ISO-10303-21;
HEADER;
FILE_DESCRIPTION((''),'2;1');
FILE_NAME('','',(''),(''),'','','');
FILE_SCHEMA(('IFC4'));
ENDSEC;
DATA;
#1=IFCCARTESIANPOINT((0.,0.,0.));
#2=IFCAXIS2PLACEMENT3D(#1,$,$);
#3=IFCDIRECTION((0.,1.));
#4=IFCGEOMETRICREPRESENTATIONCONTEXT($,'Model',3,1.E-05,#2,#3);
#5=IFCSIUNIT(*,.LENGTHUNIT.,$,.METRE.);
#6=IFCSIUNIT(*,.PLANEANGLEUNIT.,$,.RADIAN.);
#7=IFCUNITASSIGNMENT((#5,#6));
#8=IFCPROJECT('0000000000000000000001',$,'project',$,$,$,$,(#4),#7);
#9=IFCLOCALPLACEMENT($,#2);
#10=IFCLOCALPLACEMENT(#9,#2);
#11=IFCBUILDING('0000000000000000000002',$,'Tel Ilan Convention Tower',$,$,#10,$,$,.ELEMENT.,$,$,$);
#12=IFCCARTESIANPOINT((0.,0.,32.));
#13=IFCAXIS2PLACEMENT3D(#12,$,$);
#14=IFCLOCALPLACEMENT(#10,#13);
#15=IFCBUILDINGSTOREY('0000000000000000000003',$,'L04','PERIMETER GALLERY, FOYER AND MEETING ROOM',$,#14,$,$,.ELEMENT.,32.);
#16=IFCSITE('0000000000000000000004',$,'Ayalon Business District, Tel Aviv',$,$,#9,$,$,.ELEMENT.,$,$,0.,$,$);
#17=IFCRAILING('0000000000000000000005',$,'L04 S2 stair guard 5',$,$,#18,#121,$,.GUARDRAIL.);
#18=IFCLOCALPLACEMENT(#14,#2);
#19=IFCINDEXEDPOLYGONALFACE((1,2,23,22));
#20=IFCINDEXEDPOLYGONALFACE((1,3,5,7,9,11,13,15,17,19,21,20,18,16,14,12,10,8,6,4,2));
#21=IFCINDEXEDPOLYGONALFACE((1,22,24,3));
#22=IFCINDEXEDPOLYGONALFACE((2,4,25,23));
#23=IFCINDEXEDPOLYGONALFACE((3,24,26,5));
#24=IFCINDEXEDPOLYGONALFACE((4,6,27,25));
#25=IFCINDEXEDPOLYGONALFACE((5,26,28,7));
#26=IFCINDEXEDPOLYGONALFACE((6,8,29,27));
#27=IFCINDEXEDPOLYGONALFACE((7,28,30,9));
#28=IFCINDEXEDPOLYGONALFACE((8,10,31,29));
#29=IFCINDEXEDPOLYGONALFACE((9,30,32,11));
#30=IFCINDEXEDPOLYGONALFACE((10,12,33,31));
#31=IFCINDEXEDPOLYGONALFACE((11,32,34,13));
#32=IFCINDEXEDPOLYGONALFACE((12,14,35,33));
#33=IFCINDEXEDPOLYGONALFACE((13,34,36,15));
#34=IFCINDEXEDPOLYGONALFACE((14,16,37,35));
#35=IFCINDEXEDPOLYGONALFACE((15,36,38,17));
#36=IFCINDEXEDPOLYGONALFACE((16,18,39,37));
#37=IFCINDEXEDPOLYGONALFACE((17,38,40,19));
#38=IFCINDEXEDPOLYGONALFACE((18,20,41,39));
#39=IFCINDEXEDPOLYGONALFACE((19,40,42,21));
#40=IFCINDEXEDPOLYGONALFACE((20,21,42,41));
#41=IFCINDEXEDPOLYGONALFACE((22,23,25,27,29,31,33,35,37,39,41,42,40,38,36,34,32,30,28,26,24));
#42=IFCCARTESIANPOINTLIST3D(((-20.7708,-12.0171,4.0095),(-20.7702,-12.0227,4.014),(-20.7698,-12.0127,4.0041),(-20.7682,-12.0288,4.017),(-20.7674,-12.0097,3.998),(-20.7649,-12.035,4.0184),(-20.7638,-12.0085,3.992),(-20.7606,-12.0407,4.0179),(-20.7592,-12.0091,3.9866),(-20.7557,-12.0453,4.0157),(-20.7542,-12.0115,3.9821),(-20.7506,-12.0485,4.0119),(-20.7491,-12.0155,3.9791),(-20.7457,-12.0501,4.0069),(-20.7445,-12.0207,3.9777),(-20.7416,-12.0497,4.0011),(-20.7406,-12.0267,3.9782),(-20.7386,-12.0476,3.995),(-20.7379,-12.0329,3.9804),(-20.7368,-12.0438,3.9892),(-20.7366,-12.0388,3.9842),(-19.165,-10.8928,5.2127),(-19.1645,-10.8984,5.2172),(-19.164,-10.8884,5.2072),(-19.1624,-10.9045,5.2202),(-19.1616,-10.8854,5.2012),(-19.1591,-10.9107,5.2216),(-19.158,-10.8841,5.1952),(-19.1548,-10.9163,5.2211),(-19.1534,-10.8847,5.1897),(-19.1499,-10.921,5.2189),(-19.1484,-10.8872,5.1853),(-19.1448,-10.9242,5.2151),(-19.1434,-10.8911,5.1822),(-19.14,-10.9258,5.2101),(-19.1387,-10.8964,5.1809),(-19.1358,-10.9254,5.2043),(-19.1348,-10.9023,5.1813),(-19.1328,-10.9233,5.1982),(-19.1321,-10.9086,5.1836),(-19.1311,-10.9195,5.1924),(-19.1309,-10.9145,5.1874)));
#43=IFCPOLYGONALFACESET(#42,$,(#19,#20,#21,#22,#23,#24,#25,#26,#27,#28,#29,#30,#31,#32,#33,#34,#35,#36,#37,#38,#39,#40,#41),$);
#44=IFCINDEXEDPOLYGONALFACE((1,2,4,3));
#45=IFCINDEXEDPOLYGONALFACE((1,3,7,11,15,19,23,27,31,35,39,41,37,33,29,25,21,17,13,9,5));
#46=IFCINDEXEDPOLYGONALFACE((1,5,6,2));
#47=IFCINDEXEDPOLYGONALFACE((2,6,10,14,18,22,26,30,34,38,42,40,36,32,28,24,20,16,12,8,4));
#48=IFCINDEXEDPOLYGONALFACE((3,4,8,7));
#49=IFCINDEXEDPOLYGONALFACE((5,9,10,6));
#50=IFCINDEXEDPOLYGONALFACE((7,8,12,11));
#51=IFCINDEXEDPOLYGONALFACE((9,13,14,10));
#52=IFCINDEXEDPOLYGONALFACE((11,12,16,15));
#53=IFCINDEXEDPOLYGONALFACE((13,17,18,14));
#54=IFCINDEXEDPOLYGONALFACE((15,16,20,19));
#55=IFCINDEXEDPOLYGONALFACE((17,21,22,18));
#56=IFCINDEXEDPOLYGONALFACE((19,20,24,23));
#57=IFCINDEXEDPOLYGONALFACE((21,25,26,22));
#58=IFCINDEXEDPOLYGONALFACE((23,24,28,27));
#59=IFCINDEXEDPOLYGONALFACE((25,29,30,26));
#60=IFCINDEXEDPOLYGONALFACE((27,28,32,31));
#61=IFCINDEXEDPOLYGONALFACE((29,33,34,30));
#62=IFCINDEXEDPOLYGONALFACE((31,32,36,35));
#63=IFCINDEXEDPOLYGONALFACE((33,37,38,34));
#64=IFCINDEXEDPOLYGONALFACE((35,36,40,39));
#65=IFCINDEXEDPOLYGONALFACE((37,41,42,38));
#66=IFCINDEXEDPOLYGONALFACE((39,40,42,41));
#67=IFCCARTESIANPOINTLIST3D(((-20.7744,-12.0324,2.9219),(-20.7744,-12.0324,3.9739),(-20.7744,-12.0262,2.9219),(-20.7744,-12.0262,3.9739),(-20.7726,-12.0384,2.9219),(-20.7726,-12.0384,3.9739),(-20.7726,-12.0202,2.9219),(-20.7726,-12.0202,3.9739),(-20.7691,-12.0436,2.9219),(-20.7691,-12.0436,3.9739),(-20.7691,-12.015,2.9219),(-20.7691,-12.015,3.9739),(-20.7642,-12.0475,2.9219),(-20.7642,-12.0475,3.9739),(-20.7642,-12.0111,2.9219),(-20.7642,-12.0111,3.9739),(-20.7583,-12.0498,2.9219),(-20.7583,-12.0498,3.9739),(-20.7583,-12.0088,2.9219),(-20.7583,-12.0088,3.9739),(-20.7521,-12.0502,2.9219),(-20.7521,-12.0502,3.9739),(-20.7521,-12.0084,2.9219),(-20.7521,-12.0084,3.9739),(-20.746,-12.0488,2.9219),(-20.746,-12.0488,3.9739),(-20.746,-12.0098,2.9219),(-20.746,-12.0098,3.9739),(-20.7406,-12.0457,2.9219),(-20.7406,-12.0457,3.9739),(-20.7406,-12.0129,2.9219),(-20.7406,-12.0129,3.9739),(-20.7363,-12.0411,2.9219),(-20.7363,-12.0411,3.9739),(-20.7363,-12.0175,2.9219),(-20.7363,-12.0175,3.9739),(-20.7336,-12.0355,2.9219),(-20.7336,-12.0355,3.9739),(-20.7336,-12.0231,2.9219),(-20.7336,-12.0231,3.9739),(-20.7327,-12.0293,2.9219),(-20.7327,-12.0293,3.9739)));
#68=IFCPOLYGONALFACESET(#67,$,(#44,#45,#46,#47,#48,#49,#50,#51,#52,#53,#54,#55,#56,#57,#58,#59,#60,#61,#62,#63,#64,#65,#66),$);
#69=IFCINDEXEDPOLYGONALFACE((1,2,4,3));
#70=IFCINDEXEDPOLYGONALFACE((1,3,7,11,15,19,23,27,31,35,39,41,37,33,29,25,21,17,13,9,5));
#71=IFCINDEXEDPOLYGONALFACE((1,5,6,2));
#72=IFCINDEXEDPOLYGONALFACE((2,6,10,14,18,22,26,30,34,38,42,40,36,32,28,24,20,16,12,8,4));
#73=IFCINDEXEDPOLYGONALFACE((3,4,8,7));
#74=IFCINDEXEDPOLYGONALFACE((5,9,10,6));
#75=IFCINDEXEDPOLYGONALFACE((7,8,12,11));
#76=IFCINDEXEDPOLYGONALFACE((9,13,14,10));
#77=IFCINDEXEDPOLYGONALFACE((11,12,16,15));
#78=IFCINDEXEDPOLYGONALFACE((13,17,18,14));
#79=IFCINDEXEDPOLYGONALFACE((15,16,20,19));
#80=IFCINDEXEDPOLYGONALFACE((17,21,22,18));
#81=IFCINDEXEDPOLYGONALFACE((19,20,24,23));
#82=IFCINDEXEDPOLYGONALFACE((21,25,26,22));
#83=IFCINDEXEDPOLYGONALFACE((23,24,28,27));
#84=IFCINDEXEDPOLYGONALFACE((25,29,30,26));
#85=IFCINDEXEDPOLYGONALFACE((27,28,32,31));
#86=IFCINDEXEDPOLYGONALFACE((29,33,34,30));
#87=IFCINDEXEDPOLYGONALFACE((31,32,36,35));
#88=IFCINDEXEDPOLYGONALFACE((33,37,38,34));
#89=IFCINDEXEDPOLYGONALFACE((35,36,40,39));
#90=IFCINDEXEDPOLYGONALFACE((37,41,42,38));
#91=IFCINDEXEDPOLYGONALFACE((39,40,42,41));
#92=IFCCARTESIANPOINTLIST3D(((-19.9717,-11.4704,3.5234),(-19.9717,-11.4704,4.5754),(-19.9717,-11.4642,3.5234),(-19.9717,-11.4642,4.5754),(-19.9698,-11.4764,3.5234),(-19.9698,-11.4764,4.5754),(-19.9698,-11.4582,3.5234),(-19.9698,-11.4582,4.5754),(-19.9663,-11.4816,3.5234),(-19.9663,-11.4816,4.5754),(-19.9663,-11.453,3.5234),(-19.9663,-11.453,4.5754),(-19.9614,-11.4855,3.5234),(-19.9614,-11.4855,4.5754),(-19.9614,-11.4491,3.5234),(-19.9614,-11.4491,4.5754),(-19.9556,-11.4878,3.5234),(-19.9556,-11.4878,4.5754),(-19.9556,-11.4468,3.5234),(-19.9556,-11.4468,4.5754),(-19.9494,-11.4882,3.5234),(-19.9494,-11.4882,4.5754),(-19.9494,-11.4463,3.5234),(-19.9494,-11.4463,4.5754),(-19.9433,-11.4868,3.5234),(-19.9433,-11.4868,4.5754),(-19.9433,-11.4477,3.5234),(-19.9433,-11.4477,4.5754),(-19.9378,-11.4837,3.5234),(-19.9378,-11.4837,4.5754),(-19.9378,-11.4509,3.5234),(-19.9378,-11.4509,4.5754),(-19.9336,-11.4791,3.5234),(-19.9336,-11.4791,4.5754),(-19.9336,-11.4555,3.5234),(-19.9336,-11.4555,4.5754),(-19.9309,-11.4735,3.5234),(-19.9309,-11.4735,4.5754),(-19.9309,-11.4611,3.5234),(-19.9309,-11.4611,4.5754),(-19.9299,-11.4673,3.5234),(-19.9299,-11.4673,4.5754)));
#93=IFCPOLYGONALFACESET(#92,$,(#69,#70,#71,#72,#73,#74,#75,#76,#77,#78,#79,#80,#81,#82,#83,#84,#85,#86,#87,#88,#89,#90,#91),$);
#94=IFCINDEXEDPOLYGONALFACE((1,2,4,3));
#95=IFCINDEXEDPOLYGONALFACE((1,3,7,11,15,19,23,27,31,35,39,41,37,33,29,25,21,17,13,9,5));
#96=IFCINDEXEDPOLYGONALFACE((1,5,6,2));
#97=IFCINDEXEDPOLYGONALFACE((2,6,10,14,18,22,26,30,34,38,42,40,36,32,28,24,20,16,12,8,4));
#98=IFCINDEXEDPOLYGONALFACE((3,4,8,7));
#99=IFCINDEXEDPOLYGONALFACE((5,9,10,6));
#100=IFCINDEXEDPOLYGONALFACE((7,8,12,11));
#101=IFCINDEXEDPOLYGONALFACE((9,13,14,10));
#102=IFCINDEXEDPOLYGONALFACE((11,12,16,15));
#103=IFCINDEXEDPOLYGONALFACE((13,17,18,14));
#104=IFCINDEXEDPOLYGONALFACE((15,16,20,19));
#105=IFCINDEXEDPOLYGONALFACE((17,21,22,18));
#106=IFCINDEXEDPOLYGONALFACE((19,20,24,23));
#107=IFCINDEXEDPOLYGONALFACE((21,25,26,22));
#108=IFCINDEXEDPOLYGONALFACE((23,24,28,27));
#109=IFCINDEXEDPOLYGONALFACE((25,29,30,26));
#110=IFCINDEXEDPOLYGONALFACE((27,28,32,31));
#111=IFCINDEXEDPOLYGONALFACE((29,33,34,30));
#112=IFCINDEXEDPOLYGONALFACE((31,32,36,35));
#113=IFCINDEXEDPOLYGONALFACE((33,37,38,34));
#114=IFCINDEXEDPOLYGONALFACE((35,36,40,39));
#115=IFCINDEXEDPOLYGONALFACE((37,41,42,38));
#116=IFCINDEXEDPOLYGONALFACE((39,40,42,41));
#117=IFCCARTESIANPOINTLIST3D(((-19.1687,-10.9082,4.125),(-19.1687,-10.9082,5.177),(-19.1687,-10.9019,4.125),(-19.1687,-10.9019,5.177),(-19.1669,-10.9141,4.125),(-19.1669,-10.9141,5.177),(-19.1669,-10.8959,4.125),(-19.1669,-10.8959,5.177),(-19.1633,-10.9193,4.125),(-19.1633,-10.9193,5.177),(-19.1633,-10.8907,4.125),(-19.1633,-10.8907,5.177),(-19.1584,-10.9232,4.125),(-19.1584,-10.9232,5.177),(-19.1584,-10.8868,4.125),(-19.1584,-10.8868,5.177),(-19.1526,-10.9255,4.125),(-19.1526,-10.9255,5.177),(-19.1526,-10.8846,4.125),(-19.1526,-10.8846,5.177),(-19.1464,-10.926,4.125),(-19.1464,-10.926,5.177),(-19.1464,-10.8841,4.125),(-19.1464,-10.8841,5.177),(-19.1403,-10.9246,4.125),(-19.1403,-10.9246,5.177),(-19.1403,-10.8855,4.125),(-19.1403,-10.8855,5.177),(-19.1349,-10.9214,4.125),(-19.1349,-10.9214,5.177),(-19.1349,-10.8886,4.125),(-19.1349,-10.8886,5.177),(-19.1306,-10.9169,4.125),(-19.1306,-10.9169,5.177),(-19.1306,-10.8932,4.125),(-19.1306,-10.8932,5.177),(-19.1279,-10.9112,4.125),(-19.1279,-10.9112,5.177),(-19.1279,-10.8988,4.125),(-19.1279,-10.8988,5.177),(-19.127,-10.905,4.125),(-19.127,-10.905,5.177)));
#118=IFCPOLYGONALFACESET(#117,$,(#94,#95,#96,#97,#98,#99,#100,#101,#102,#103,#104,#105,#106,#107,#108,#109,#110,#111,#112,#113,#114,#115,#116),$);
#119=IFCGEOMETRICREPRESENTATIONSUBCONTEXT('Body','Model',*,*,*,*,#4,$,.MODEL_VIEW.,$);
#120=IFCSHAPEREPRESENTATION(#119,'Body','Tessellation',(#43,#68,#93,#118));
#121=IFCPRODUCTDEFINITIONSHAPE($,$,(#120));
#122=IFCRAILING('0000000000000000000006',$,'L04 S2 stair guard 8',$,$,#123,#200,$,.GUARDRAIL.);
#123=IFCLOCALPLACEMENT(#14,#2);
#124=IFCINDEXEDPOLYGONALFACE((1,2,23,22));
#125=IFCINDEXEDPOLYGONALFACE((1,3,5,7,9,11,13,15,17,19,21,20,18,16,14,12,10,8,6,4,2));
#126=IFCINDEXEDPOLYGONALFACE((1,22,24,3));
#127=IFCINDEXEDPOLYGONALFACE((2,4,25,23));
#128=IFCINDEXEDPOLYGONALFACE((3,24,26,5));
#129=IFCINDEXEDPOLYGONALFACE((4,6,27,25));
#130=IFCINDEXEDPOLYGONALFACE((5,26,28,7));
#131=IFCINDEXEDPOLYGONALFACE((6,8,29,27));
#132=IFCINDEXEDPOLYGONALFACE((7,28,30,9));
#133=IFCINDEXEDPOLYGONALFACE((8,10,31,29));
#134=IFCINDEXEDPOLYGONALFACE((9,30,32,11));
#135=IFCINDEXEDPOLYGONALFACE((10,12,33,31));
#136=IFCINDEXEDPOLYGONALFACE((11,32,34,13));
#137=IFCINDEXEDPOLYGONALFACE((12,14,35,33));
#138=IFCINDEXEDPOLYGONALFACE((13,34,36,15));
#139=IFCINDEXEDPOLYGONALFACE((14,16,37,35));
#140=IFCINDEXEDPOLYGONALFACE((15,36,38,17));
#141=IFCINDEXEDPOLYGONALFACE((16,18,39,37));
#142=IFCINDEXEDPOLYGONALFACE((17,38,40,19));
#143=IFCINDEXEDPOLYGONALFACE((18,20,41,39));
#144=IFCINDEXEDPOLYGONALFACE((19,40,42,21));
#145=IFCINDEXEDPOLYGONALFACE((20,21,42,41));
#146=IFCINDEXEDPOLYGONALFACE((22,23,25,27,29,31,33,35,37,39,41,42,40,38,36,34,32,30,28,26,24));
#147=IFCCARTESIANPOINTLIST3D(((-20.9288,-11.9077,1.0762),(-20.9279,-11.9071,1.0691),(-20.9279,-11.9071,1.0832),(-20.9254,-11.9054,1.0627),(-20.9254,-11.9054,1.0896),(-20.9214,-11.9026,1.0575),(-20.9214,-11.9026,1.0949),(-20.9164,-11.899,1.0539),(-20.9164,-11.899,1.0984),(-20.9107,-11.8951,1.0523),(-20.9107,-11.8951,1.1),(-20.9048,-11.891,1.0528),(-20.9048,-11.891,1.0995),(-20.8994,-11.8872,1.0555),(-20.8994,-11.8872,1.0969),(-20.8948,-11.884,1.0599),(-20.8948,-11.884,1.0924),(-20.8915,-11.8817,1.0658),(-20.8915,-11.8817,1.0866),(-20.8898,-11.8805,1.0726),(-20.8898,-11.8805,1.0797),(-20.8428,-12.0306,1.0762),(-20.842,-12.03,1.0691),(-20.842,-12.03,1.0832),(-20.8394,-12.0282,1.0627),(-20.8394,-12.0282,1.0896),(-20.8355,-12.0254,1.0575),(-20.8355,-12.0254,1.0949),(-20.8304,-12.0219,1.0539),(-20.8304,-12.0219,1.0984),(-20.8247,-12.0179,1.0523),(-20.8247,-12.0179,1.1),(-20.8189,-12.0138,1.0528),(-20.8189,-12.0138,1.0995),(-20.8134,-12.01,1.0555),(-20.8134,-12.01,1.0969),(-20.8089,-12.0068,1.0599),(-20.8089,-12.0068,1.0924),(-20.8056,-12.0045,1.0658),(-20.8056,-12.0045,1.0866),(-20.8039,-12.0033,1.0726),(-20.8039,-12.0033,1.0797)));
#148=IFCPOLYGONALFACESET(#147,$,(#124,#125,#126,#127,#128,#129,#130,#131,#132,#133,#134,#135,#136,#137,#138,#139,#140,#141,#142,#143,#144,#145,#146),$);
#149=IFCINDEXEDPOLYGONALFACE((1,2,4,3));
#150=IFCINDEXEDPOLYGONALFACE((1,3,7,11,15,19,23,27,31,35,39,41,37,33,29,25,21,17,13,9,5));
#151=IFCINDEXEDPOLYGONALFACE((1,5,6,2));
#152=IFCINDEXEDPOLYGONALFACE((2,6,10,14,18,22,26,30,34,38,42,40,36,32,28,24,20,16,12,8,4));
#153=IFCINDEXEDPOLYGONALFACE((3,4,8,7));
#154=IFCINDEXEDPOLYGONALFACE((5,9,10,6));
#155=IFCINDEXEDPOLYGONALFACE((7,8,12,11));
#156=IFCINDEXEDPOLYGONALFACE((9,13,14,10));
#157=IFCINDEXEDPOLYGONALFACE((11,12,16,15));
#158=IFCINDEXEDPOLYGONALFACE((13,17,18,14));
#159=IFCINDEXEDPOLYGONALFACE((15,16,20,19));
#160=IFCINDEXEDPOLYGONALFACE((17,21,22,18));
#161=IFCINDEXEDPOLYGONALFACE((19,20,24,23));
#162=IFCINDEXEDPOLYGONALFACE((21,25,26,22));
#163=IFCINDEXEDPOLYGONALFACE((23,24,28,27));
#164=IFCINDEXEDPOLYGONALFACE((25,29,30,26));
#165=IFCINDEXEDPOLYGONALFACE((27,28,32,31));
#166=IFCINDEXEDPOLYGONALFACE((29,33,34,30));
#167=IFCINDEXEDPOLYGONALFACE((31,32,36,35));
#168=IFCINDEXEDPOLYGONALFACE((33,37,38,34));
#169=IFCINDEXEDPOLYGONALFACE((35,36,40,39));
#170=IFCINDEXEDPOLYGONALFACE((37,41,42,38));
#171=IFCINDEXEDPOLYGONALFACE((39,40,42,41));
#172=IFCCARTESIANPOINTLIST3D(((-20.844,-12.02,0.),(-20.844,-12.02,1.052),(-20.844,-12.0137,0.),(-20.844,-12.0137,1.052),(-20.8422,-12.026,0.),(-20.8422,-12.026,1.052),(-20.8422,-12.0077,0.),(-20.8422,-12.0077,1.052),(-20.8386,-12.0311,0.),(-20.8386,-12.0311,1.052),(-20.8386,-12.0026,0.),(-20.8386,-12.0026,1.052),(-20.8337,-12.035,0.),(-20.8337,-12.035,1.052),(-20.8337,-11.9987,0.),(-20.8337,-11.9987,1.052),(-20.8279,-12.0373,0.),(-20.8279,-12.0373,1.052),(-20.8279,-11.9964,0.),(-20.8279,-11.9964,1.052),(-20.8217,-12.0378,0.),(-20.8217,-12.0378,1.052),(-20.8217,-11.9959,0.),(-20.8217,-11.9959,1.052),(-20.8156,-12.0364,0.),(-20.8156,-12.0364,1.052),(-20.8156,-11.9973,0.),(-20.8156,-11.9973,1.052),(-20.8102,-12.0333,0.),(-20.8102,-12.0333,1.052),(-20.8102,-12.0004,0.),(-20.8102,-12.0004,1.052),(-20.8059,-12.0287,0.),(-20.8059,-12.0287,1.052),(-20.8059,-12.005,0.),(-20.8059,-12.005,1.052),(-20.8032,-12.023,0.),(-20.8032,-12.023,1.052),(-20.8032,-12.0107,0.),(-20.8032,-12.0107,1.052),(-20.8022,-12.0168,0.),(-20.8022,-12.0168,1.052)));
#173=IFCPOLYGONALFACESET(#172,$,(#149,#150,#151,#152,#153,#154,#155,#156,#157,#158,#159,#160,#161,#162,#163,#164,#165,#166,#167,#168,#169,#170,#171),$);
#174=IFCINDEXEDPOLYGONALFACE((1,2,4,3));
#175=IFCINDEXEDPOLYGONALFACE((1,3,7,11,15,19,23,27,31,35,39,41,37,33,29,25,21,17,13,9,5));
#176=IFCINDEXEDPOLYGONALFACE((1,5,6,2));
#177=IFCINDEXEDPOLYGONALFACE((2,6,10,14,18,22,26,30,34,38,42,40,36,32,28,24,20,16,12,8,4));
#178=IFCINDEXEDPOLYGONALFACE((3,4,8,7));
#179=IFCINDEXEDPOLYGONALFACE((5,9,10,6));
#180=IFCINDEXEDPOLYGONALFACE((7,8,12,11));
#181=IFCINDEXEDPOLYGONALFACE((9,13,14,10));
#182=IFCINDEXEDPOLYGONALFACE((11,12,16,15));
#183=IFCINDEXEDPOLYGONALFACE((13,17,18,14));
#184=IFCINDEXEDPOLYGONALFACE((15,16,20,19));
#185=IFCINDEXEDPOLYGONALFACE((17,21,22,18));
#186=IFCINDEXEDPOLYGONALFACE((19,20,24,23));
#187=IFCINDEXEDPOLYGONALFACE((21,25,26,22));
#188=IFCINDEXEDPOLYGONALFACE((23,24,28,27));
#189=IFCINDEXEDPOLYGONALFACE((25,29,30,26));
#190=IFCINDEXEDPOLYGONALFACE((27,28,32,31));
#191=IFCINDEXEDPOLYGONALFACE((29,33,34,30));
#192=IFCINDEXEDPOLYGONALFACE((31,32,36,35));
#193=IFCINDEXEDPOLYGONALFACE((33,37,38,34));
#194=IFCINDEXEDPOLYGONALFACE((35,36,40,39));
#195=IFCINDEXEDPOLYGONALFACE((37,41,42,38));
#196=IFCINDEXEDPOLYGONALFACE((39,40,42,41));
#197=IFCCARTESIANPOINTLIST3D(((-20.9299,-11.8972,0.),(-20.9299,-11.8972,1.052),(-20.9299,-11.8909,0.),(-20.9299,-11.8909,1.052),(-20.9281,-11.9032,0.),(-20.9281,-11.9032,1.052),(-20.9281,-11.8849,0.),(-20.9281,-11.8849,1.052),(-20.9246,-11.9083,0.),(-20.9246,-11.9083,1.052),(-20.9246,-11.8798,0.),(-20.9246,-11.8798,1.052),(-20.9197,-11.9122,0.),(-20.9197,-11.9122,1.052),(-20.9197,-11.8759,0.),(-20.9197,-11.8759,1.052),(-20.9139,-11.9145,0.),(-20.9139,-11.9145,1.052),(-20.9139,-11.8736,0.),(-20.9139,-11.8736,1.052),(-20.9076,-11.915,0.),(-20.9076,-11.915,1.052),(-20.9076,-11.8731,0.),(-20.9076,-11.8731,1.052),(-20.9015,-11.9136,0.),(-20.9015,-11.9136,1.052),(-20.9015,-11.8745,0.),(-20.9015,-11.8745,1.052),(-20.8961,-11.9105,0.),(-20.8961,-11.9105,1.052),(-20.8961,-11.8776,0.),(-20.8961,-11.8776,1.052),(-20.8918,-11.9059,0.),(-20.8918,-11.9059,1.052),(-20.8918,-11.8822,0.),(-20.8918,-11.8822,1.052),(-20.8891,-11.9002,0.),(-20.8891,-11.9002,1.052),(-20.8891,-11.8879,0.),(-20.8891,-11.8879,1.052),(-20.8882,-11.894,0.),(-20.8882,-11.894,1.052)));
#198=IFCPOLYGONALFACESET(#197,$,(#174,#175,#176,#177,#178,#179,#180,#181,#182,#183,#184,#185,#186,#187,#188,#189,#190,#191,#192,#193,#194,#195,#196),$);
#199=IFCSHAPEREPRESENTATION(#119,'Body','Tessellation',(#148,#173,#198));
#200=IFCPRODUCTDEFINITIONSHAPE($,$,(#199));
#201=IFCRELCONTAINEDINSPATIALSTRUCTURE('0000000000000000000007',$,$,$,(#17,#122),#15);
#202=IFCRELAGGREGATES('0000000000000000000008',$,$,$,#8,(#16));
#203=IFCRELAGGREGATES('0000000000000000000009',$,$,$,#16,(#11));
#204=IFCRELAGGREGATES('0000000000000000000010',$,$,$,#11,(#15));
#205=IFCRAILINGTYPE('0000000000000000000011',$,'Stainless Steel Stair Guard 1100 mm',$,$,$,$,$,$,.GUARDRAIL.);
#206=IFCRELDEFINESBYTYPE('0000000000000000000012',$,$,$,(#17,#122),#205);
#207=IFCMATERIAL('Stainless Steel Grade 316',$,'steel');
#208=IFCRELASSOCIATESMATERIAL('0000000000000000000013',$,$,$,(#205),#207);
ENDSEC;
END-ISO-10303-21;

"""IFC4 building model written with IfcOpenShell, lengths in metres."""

from ifc_helpers import new_model, si_unit, direction, frame, origin, origin_2d, place, context, subcontext, project, spatial, circle, extrude, material, type_object, element, save


model = new_model("IFC4")

# Units and contexts
model_context = context("Model", 3, precision=1e-05, world=origin(), true_north=direction((0.0, 1.0)))
body_context = subcontext(model_context, "Body", "Model", "MODEL_VIEW")
ifc_project = project(units=[si_unit("LENGTHUNIT", "METRE"), si_unit("PLANEANGLEUNIT", "RADIAN")], contexts=[model_context])

# Site, building, storey
site_placement = place(None, origin())
site = spatial("IfcSite", under=ifc_project, at=site_placement, Name="Ayalon Business District, Tel Aviv", CompositionType="ELEMENT", RefElevation=0.0)
building_placement = place(site_placement, origin())
building = spatial("IfcBuilding", under=site, at=building_placement, Name="Tel Ilan Convention Tower", CompositionType="ELEMENT")
storey_placement = place(building_placement, frame((0.0, 0.0, 32.0)))
storey = spatial("IfcBuildingStorey", under=building, at=storey_placement, Name="L04", Description="PERIMETER GALLERY, FOYER AND MEETING ROOM", CompositionType="ELEMENT", Elevation=32.0)

# Railings
ifc_material_1 = material(Name="Stainless Steel Grade 316", Category="steel")
railing_type_1 = type_object("IfcRailingType", Name="Stainless Steel Stair Guard 1100 mm", PredefinedType="GUARDRAIL", material=ifc_material_1)
railing_1_placement = place(storey_placement, frame((-20.7537, -12.0293, 2.9219)))
element("IfcRailing", 1, at=railing_1_placement, inside=storey, type_object=railing_type_1, Name="L04 S2 stair guard 5", PredefinedType="GUARDRAIL", context=body_context, shape_type="SweptSolid", body=[
    extrude(circle(Radius=0.0239, at=origin_2d()), frame((0.0, 0.0, 1.0762), z_axis=(0.698149, 0.488821, 0.523108), x_axis=(-0.573554, 0.819168, 0.0)), (0.0, 0.0, 1.0), 2.3),
    extrude(circle(Radius=0.021, at=origin_2d()), origin(), (0.0, 0.0, 1.0), 1.052),
    extrude(circle(Radius=0.021, at=origin_2d()), frame((0.8027, 0.562, 0.6016)), (0.0, 0.0, 1.0), 1.052),
    extrude(circle(Radius=0.021, at=origin_2d()), frame((1.6057, 1.1243, 1.2031)), (0.0, 0.0, 1.0), 1.052),
])
railing_2_placement = place(storey_placement, frame((-20.8232, -12.0168, 0.0)))
element("IfcRailing", 2, at=railing_2_placement, inside=storey, type_object=railing_type_1, Name="L04 S2 stair guard 8", PredefinedType="GUARDRAIL", context=body_context, shape_type="SweptSolid", body=[
    extrude(circle(Radius=0.0239, at=origin_2d()), frame((0.0, 0.0, 1.0762), z_axis=(-0.573353, 0.819308, 0.0), x_axis=(-0.819308, -0.573353, 0.0)), (0.0, 0.0, 1.0), 0.1499),
    extrude(circle(Radius=0.021, at=origin_2d()), origin(), (0.0, 0.0, 1.0), 1.052),
    extrude(circle(Radius=0.021, at=origin_2d()), frame((-0.0859, 0.1228, 0.0)), (0.0, 0.0, 1.0), 1.052),
])

save(model, "model.ifc")
